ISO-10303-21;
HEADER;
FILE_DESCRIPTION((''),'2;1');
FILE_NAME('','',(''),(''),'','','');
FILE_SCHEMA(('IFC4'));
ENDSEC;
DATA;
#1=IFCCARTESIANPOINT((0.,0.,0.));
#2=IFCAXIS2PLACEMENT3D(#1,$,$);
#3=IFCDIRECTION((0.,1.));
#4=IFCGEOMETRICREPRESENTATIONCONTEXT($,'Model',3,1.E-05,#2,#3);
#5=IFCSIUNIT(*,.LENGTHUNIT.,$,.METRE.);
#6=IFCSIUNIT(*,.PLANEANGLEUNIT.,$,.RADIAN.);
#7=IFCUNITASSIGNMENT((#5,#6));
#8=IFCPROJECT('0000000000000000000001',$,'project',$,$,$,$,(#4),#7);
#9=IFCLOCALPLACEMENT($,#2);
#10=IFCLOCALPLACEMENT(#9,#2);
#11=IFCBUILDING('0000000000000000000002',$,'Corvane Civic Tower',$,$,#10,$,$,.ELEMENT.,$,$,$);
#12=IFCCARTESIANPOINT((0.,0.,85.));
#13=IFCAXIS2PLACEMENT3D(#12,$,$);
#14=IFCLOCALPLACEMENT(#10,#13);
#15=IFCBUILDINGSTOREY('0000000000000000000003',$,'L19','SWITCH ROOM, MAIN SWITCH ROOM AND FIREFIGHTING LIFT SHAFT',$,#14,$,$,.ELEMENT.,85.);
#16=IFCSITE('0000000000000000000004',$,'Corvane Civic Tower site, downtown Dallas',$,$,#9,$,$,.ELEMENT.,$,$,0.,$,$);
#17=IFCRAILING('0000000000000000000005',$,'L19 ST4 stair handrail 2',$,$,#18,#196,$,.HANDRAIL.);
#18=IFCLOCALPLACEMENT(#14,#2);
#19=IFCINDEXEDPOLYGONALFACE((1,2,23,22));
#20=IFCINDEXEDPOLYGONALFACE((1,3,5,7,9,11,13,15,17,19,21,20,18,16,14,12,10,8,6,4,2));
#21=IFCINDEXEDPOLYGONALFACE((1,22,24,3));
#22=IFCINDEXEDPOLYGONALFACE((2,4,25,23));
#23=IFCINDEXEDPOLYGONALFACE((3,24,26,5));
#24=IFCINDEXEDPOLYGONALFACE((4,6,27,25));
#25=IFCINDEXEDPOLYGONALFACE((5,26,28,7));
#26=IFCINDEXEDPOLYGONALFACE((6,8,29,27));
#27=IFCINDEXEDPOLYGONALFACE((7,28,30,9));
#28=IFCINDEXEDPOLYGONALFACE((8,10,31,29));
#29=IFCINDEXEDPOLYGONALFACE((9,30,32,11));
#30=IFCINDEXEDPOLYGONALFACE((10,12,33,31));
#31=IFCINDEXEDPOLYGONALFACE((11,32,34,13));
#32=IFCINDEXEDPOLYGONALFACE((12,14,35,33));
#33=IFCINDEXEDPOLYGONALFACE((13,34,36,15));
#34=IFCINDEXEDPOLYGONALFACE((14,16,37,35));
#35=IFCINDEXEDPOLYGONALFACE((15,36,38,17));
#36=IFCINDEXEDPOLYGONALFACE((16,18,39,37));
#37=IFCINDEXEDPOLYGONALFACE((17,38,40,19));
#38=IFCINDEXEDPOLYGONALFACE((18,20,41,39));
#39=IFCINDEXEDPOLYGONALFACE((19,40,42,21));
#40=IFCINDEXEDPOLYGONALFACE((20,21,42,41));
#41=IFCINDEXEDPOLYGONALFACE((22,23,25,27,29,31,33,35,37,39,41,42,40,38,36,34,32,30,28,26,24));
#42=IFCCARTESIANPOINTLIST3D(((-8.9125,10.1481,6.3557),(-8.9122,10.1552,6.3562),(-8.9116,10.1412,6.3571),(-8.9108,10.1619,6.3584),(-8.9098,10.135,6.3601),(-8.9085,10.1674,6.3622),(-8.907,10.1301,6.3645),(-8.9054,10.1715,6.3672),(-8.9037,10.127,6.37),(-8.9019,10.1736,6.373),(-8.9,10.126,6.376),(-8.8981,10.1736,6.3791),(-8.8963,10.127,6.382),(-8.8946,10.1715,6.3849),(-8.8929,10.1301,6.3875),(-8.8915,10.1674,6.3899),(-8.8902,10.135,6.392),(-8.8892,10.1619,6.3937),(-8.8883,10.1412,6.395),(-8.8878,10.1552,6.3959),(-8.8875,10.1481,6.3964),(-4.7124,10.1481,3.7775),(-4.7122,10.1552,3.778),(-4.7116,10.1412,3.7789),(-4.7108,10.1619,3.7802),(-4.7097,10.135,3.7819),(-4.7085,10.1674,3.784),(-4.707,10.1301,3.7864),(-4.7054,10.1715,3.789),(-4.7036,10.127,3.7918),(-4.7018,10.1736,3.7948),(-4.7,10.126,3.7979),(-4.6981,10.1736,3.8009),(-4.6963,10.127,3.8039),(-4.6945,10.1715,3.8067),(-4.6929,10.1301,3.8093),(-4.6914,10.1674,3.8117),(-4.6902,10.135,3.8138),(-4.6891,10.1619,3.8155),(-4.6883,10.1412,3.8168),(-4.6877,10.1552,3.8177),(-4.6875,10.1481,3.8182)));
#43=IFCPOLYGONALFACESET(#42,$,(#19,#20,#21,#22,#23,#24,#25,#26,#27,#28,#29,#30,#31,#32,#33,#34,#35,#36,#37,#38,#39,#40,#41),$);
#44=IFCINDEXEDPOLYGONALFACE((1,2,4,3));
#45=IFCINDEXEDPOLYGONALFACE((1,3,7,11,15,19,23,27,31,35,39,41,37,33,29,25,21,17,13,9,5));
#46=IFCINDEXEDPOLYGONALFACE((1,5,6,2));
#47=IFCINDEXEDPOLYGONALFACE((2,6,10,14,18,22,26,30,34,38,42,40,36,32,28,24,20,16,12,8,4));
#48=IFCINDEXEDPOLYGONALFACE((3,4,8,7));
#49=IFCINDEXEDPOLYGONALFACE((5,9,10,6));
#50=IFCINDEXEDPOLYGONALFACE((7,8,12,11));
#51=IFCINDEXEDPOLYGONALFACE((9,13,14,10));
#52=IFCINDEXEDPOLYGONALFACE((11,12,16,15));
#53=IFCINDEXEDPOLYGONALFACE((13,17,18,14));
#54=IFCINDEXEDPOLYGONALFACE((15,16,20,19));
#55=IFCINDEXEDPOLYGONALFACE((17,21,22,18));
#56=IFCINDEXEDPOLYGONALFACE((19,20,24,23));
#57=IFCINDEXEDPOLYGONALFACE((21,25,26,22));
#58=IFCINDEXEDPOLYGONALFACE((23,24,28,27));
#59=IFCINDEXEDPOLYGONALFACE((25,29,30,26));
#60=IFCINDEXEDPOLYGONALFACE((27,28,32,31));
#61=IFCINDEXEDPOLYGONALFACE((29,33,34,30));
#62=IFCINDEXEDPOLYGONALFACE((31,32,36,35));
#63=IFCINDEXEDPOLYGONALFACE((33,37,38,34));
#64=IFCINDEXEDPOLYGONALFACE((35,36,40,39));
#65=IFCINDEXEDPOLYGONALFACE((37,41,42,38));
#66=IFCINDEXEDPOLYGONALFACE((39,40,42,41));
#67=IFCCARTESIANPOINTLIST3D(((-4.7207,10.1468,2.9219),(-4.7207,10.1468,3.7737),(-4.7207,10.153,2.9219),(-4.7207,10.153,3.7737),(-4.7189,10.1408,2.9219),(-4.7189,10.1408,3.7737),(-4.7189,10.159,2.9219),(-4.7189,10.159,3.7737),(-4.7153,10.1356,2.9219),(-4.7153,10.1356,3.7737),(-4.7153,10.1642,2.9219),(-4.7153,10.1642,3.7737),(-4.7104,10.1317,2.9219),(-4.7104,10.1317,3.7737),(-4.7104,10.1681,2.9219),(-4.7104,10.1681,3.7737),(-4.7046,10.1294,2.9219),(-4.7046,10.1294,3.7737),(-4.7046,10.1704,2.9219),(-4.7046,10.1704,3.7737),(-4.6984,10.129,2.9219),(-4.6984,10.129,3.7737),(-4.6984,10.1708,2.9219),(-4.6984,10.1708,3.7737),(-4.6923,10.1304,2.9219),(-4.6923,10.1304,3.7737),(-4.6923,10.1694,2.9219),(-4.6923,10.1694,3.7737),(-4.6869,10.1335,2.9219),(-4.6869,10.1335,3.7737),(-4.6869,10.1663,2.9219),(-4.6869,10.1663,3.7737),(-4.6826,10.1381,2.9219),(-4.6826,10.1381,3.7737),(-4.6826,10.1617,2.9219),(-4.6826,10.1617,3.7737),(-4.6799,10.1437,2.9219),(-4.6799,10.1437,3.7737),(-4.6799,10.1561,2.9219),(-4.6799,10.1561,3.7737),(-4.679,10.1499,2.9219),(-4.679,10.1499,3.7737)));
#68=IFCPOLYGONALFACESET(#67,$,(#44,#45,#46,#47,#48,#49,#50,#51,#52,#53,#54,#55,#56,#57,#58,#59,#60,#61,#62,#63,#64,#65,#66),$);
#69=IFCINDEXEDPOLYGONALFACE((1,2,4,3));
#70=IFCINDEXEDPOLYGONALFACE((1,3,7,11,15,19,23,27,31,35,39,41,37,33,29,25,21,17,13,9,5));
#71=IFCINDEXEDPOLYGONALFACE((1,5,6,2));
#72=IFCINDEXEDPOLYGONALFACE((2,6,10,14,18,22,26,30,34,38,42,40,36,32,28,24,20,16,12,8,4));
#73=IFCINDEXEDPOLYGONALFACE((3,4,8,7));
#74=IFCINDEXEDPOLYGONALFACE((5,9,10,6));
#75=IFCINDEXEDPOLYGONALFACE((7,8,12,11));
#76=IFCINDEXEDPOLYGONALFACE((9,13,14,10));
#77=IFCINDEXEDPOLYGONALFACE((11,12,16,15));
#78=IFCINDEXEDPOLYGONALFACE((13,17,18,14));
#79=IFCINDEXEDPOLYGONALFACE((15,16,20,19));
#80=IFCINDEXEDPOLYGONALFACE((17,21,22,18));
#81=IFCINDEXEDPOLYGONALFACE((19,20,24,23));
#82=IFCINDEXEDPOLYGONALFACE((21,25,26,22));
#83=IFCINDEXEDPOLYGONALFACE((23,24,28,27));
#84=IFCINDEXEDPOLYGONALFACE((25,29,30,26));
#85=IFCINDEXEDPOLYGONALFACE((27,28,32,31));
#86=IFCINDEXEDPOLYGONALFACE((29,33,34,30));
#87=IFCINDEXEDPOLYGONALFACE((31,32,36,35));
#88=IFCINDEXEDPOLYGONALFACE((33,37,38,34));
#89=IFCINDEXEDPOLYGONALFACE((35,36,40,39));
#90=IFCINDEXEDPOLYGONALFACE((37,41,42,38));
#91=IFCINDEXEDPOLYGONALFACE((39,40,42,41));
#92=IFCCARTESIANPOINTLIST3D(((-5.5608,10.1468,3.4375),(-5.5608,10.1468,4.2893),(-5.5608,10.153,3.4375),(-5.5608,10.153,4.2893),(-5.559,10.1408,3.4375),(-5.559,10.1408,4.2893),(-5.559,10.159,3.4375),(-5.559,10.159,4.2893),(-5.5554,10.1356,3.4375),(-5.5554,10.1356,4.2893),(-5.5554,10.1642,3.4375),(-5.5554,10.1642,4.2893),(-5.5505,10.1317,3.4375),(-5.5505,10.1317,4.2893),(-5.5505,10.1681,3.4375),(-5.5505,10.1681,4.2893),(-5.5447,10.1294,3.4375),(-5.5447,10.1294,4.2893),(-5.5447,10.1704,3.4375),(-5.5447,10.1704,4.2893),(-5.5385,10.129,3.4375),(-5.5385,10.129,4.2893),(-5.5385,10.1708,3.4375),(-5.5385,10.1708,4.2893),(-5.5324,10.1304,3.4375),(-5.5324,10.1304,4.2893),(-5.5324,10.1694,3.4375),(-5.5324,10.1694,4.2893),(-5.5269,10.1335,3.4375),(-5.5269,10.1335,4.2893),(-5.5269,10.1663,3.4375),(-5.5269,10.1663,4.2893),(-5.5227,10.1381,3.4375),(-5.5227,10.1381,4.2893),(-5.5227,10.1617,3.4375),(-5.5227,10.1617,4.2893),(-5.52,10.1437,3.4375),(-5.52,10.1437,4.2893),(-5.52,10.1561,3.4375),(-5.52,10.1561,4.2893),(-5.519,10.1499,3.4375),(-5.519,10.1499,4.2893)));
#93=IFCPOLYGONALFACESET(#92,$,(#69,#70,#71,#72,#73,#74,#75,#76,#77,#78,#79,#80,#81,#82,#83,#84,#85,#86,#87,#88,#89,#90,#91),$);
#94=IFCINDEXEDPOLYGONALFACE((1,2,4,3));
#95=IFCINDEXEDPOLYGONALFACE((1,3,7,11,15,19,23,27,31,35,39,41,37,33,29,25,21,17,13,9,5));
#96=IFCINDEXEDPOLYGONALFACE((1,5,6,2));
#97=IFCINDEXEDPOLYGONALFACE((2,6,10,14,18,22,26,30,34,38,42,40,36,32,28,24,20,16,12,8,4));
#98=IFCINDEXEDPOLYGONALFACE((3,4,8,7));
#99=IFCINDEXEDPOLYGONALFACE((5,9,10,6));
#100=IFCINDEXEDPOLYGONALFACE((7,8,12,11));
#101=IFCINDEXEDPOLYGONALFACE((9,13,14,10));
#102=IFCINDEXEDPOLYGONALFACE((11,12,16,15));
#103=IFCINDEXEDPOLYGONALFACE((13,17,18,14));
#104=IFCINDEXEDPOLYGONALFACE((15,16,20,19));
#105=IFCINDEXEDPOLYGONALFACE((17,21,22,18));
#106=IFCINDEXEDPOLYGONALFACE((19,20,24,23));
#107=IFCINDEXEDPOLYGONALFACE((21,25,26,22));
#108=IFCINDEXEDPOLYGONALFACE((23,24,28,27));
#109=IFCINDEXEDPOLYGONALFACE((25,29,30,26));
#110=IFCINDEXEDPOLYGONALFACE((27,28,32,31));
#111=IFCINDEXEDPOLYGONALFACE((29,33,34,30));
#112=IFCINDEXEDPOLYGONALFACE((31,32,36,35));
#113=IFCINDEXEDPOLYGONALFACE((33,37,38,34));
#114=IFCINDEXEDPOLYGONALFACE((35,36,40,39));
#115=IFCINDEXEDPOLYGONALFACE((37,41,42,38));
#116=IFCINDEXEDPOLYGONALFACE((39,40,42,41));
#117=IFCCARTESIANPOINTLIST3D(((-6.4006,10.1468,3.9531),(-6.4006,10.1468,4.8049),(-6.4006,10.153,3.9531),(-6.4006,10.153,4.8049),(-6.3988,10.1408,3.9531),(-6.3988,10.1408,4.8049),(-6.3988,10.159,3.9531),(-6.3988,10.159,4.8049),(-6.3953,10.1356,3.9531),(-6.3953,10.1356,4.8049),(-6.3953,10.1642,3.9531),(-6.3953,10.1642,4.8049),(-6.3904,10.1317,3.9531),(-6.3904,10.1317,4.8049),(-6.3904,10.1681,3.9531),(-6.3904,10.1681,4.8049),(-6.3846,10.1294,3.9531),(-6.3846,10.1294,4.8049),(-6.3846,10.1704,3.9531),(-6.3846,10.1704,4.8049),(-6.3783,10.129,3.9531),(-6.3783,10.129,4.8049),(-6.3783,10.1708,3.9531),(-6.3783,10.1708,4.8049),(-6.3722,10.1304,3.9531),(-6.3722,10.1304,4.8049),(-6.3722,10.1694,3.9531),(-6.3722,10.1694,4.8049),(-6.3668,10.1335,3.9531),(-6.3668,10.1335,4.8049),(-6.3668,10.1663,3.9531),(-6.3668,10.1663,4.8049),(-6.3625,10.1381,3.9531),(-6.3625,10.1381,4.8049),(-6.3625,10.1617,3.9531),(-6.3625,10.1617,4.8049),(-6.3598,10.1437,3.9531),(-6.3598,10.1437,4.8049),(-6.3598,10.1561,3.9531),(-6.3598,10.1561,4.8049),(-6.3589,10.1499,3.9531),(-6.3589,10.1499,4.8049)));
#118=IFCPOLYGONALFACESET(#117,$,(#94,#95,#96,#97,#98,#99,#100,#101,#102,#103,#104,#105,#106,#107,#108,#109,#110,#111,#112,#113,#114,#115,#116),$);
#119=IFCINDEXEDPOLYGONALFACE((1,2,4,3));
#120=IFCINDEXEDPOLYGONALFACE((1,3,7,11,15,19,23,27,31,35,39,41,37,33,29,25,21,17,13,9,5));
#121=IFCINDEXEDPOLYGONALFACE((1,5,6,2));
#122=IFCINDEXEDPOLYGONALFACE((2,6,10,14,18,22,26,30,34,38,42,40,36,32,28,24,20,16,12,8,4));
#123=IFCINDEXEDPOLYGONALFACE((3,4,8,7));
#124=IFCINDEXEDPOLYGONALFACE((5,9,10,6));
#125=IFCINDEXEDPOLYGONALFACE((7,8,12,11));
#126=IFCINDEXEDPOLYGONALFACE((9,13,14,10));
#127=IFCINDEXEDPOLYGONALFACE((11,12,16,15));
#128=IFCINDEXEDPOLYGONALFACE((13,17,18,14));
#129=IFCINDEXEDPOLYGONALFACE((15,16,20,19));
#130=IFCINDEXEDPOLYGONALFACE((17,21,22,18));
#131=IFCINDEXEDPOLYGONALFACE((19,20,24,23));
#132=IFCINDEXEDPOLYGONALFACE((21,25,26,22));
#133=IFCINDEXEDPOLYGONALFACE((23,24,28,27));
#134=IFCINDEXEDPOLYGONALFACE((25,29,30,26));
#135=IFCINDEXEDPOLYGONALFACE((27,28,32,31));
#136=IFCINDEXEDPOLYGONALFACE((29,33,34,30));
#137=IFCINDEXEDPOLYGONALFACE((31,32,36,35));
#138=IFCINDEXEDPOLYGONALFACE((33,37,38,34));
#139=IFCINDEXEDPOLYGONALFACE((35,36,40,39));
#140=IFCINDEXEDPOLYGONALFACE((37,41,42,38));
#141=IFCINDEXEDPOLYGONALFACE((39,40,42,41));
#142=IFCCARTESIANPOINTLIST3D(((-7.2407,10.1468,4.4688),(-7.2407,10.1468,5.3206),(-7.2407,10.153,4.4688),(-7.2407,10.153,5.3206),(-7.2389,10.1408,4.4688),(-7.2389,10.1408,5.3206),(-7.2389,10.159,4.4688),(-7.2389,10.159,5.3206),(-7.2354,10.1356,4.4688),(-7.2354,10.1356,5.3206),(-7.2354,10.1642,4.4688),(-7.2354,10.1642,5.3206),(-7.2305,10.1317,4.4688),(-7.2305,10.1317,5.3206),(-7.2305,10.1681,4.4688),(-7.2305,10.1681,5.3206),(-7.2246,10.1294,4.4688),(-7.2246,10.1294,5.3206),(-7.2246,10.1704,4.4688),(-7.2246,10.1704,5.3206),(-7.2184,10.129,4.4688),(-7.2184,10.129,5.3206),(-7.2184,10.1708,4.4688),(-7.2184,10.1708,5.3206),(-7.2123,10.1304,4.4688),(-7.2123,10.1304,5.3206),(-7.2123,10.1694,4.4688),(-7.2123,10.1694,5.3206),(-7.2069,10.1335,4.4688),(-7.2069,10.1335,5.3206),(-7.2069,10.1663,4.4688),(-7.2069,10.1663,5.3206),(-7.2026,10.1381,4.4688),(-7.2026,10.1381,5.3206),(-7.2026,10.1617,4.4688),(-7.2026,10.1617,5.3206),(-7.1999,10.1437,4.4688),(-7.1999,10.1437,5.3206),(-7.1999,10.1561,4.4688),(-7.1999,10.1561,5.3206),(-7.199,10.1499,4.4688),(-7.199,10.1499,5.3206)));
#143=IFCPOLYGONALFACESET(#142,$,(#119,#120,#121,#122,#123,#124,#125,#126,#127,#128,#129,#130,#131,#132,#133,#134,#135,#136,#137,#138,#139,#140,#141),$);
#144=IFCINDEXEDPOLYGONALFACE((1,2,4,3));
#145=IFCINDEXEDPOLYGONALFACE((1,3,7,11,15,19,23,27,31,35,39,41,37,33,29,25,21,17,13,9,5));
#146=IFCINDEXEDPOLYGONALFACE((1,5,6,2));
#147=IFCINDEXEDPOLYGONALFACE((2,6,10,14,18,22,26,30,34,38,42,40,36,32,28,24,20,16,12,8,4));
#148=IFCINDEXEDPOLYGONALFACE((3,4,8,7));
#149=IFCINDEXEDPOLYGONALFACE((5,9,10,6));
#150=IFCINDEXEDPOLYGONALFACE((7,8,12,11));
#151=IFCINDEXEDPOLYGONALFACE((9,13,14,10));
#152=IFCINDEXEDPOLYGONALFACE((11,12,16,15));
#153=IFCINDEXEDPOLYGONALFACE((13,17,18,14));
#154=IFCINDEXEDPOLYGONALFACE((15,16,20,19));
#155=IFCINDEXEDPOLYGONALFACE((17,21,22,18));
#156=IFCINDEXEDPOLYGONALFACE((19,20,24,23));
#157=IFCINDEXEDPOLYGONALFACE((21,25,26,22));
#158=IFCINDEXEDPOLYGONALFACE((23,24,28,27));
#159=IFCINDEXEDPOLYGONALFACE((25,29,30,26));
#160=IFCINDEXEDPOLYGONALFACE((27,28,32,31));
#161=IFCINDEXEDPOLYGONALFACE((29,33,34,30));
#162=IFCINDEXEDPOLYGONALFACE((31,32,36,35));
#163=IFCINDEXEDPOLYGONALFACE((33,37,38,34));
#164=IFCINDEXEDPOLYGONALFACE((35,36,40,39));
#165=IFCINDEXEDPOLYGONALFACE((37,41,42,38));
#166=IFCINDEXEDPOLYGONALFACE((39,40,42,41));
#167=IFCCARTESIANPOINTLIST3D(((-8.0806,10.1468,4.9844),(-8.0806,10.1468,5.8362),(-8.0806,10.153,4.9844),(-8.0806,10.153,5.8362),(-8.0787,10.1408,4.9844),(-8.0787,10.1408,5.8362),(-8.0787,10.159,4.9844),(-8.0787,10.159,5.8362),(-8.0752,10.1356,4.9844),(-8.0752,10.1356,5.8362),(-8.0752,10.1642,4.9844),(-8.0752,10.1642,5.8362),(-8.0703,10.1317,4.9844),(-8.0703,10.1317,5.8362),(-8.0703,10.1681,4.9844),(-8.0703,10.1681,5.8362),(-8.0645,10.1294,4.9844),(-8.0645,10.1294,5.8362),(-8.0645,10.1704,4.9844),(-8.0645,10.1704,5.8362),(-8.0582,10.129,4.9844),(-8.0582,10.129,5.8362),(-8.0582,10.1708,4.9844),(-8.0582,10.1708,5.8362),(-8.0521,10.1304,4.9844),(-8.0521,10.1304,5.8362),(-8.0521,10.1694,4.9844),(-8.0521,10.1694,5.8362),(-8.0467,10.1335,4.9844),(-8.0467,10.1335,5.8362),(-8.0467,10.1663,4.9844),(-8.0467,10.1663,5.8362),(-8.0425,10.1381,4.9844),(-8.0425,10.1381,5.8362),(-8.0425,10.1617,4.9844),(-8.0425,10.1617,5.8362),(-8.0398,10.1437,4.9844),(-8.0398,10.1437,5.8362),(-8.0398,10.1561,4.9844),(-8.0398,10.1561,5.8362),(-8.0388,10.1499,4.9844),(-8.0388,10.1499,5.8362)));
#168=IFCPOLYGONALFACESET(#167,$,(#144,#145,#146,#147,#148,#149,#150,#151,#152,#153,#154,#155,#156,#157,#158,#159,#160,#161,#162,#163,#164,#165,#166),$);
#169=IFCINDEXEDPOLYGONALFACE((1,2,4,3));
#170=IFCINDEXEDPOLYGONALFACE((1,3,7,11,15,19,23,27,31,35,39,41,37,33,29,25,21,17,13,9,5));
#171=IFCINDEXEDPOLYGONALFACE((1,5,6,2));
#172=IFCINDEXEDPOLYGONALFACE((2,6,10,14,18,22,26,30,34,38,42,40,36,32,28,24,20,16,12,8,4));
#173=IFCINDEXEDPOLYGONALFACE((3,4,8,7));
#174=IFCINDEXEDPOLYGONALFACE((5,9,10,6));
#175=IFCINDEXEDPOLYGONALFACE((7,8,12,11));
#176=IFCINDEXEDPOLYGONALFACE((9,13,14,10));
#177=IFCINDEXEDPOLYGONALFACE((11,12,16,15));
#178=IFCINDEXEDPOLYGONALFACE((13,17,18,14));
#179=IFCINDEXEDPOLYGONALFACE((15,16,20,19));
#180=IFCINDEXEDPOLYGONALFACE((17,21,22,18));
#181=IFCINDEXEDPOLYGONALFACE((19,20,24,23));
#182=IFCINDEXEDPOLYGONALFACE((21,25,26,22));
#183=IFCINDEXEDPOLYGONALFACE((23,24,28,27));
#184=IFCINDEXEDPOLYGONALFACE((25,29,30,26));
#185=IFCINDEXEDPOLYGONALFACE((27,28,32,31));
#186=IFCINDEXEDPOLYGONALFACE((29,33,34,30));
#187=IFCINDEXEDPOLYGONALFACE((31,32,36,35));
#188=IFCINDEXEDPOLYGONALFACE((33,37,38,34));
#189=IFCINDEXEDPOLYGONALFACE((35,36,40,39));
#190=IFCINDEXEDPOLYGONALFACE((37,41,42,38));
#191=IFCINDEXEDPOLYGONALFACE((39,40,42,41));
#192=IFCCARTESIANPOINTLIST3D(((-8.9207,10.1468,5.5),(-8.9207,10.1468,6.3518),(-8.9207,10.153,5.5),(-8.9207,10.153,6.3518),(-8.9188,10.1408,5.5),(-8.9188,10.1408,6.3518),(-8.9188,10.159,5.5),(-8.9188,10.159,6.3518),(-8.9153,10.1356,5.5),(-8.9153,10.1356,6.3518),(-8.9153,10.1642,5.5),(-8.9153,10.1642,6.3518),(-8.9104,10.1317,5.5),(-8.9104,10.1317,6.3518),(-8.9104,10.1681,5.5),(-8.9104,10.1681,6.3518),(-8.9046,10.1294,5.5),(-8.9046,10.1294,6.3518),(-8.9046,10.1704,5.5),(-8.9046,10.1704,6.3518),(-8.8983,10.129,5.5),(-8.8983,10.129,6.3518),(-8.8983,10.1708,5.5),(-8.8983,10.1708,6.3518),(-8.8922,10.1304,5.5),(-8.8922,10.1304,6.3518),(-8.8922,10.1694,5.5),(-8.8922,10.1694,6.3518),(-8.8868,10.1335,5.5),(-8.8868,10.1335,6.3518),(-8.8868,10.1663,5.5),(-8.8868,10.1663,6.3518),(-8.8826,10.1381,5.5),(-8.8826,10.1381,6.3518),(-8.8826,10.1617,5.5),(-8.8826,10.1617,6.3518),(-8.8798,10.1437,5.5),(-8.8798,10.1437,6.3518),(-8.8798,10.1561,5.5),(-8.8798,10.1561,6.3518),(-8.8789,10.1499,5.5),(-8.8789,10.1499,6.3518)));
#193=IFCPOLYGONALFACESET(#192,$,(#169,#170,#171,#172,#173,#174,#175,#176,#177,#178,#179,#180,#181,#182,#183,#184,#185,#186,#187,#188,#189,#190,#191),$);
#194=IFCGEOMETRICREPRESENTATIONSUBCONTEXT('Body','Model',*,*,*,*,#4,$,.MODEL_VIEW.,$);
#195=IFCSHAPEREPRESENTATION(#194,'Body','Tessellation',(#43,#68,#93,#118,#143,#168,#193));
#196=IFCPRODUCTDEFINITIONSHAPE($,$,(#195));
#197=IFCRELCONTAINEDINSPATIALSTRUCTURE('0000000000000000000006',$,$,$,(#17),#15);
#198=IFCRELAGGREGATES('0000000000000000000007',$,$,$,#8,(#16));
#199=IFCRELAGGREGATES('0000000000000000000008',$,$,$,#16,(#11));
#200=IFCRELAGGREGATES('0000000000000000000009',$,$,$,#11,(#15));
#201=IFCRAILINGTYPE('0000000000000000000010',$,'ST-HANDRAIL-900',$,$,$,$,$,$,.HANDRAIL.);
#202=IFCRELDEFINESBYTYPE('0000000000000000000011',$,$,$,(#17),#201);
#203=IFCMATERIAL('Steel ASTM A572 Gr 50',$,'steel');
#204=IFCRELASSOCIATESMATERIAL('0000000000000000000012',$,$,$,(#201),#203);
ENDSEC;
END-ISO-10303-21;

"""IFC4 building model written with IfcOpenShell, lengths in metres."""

from ifc_helpers import new_model, si_unit, direction, frame, origin, origin_2d, place, context, subcontext, project, spatial, circle, extrude, material, type_object, element, save


model = new_model("IFC4")

# Units and contexts
model_context = context("Model", 3, precision=1e-05, world=origin(), true_north=direction((0.0, 1.0)))
body_context = subcontext(model_context, "Body", "Model", "MODEL_VIEW")
ifc_project = project(units=[si_unit("LENGTHUNIT", "METRE"), si_unit("PLANEANGLEUNIT", "RADIAN")], contexts=[model_context])

# Site, building, storey
site_placement = place(None, origin())
site = spatial("IfcSite", under=ifc_project, at=site_placement, Name="Corvane Civic Tower site, downtown Dallas", CompositionType="ELEMENT", RefElevation=0.0)
building_placement = place(site_placement, origin())
building = spatial("IfcBuilding", under=site, at=building_placement, Name="Corvane Civic Tower", CompositionType="ELEMENT")
storey_placement = place(building_placement, frame((0.0, 0.0, 85.0)))
storey = spatial("IfcBuildingStorey", under=building, at=storey_placement, Name="L19", Description="SWITCH ROOM, MAIN SWITCH ROOM AND FIREFIGHTING LIFT SHAFT", CompositionType="ELEMENT", Elevation=85.0)

# Railing
ifc_material_1 = material(Name="Steel ASTM A572 Gr 50", Category="steel")
railing_type = type_object("IfcRailingType", Name="ST-HANDRAIL-900", PredefinedType="HANDRAIL", material=ifc_material_1)
railing_placement = place(storey_placement, frame((-4.7, 10.1499, 2.9219)))
element("IfcRailing", 1, at=railing_placement, inside=storey, type_object=railing_type, Name="L19 ST4 stair handrail 2", PredefinedType="HANDRAIL", context=body_context, shape_type="SweptSolid", body=[
    extrude(circle(Radius=0.0239, at=origin_2d()), frame((0.0, 0.0, 0.876), z_axis=(-0.852243, 0.0, 0.523146), x_axis=(0.0, -1.0, 0.0)), (0.0, 0.0, 1.0), 4.9282),
    extrude(circle(Radius=0.021, at=origin_2d()), origin(), (0.0, 0.0, 1.0), 0.8518),
    extrude(circle(Radius=0.021, at=origin_2d()), frame((-0.8401, 0.0, 0.5156)), (0.0, 0.0, 1.0), 0.8518),
    extrude(circle(Radius=0.021, at=origin_2d()), frame((-1.6799, 0.0, 1.0312)), (0.0, 0.0, 1.0), 0.8518),
    extrude(circle(Radius=0.021, at=origin_2d()), frame((-2.52, 0.0, 1.5469)), (0.0, 0.0, 1.0), 0.8518),
    extrude(circle(Radius=0.021, at=origin_2d()), frame((-3.3599, 0.0, 2.0625)), (0.0, 0.0, 1.0), 0.8518),
    extrude(circle(Radius=0.021, at=origin_2d()), frame((-4.2, 0.0, 2.5781)), (0.0, 0.0, 1.0), 0.8518),
])

save(model, "model.ifc")
